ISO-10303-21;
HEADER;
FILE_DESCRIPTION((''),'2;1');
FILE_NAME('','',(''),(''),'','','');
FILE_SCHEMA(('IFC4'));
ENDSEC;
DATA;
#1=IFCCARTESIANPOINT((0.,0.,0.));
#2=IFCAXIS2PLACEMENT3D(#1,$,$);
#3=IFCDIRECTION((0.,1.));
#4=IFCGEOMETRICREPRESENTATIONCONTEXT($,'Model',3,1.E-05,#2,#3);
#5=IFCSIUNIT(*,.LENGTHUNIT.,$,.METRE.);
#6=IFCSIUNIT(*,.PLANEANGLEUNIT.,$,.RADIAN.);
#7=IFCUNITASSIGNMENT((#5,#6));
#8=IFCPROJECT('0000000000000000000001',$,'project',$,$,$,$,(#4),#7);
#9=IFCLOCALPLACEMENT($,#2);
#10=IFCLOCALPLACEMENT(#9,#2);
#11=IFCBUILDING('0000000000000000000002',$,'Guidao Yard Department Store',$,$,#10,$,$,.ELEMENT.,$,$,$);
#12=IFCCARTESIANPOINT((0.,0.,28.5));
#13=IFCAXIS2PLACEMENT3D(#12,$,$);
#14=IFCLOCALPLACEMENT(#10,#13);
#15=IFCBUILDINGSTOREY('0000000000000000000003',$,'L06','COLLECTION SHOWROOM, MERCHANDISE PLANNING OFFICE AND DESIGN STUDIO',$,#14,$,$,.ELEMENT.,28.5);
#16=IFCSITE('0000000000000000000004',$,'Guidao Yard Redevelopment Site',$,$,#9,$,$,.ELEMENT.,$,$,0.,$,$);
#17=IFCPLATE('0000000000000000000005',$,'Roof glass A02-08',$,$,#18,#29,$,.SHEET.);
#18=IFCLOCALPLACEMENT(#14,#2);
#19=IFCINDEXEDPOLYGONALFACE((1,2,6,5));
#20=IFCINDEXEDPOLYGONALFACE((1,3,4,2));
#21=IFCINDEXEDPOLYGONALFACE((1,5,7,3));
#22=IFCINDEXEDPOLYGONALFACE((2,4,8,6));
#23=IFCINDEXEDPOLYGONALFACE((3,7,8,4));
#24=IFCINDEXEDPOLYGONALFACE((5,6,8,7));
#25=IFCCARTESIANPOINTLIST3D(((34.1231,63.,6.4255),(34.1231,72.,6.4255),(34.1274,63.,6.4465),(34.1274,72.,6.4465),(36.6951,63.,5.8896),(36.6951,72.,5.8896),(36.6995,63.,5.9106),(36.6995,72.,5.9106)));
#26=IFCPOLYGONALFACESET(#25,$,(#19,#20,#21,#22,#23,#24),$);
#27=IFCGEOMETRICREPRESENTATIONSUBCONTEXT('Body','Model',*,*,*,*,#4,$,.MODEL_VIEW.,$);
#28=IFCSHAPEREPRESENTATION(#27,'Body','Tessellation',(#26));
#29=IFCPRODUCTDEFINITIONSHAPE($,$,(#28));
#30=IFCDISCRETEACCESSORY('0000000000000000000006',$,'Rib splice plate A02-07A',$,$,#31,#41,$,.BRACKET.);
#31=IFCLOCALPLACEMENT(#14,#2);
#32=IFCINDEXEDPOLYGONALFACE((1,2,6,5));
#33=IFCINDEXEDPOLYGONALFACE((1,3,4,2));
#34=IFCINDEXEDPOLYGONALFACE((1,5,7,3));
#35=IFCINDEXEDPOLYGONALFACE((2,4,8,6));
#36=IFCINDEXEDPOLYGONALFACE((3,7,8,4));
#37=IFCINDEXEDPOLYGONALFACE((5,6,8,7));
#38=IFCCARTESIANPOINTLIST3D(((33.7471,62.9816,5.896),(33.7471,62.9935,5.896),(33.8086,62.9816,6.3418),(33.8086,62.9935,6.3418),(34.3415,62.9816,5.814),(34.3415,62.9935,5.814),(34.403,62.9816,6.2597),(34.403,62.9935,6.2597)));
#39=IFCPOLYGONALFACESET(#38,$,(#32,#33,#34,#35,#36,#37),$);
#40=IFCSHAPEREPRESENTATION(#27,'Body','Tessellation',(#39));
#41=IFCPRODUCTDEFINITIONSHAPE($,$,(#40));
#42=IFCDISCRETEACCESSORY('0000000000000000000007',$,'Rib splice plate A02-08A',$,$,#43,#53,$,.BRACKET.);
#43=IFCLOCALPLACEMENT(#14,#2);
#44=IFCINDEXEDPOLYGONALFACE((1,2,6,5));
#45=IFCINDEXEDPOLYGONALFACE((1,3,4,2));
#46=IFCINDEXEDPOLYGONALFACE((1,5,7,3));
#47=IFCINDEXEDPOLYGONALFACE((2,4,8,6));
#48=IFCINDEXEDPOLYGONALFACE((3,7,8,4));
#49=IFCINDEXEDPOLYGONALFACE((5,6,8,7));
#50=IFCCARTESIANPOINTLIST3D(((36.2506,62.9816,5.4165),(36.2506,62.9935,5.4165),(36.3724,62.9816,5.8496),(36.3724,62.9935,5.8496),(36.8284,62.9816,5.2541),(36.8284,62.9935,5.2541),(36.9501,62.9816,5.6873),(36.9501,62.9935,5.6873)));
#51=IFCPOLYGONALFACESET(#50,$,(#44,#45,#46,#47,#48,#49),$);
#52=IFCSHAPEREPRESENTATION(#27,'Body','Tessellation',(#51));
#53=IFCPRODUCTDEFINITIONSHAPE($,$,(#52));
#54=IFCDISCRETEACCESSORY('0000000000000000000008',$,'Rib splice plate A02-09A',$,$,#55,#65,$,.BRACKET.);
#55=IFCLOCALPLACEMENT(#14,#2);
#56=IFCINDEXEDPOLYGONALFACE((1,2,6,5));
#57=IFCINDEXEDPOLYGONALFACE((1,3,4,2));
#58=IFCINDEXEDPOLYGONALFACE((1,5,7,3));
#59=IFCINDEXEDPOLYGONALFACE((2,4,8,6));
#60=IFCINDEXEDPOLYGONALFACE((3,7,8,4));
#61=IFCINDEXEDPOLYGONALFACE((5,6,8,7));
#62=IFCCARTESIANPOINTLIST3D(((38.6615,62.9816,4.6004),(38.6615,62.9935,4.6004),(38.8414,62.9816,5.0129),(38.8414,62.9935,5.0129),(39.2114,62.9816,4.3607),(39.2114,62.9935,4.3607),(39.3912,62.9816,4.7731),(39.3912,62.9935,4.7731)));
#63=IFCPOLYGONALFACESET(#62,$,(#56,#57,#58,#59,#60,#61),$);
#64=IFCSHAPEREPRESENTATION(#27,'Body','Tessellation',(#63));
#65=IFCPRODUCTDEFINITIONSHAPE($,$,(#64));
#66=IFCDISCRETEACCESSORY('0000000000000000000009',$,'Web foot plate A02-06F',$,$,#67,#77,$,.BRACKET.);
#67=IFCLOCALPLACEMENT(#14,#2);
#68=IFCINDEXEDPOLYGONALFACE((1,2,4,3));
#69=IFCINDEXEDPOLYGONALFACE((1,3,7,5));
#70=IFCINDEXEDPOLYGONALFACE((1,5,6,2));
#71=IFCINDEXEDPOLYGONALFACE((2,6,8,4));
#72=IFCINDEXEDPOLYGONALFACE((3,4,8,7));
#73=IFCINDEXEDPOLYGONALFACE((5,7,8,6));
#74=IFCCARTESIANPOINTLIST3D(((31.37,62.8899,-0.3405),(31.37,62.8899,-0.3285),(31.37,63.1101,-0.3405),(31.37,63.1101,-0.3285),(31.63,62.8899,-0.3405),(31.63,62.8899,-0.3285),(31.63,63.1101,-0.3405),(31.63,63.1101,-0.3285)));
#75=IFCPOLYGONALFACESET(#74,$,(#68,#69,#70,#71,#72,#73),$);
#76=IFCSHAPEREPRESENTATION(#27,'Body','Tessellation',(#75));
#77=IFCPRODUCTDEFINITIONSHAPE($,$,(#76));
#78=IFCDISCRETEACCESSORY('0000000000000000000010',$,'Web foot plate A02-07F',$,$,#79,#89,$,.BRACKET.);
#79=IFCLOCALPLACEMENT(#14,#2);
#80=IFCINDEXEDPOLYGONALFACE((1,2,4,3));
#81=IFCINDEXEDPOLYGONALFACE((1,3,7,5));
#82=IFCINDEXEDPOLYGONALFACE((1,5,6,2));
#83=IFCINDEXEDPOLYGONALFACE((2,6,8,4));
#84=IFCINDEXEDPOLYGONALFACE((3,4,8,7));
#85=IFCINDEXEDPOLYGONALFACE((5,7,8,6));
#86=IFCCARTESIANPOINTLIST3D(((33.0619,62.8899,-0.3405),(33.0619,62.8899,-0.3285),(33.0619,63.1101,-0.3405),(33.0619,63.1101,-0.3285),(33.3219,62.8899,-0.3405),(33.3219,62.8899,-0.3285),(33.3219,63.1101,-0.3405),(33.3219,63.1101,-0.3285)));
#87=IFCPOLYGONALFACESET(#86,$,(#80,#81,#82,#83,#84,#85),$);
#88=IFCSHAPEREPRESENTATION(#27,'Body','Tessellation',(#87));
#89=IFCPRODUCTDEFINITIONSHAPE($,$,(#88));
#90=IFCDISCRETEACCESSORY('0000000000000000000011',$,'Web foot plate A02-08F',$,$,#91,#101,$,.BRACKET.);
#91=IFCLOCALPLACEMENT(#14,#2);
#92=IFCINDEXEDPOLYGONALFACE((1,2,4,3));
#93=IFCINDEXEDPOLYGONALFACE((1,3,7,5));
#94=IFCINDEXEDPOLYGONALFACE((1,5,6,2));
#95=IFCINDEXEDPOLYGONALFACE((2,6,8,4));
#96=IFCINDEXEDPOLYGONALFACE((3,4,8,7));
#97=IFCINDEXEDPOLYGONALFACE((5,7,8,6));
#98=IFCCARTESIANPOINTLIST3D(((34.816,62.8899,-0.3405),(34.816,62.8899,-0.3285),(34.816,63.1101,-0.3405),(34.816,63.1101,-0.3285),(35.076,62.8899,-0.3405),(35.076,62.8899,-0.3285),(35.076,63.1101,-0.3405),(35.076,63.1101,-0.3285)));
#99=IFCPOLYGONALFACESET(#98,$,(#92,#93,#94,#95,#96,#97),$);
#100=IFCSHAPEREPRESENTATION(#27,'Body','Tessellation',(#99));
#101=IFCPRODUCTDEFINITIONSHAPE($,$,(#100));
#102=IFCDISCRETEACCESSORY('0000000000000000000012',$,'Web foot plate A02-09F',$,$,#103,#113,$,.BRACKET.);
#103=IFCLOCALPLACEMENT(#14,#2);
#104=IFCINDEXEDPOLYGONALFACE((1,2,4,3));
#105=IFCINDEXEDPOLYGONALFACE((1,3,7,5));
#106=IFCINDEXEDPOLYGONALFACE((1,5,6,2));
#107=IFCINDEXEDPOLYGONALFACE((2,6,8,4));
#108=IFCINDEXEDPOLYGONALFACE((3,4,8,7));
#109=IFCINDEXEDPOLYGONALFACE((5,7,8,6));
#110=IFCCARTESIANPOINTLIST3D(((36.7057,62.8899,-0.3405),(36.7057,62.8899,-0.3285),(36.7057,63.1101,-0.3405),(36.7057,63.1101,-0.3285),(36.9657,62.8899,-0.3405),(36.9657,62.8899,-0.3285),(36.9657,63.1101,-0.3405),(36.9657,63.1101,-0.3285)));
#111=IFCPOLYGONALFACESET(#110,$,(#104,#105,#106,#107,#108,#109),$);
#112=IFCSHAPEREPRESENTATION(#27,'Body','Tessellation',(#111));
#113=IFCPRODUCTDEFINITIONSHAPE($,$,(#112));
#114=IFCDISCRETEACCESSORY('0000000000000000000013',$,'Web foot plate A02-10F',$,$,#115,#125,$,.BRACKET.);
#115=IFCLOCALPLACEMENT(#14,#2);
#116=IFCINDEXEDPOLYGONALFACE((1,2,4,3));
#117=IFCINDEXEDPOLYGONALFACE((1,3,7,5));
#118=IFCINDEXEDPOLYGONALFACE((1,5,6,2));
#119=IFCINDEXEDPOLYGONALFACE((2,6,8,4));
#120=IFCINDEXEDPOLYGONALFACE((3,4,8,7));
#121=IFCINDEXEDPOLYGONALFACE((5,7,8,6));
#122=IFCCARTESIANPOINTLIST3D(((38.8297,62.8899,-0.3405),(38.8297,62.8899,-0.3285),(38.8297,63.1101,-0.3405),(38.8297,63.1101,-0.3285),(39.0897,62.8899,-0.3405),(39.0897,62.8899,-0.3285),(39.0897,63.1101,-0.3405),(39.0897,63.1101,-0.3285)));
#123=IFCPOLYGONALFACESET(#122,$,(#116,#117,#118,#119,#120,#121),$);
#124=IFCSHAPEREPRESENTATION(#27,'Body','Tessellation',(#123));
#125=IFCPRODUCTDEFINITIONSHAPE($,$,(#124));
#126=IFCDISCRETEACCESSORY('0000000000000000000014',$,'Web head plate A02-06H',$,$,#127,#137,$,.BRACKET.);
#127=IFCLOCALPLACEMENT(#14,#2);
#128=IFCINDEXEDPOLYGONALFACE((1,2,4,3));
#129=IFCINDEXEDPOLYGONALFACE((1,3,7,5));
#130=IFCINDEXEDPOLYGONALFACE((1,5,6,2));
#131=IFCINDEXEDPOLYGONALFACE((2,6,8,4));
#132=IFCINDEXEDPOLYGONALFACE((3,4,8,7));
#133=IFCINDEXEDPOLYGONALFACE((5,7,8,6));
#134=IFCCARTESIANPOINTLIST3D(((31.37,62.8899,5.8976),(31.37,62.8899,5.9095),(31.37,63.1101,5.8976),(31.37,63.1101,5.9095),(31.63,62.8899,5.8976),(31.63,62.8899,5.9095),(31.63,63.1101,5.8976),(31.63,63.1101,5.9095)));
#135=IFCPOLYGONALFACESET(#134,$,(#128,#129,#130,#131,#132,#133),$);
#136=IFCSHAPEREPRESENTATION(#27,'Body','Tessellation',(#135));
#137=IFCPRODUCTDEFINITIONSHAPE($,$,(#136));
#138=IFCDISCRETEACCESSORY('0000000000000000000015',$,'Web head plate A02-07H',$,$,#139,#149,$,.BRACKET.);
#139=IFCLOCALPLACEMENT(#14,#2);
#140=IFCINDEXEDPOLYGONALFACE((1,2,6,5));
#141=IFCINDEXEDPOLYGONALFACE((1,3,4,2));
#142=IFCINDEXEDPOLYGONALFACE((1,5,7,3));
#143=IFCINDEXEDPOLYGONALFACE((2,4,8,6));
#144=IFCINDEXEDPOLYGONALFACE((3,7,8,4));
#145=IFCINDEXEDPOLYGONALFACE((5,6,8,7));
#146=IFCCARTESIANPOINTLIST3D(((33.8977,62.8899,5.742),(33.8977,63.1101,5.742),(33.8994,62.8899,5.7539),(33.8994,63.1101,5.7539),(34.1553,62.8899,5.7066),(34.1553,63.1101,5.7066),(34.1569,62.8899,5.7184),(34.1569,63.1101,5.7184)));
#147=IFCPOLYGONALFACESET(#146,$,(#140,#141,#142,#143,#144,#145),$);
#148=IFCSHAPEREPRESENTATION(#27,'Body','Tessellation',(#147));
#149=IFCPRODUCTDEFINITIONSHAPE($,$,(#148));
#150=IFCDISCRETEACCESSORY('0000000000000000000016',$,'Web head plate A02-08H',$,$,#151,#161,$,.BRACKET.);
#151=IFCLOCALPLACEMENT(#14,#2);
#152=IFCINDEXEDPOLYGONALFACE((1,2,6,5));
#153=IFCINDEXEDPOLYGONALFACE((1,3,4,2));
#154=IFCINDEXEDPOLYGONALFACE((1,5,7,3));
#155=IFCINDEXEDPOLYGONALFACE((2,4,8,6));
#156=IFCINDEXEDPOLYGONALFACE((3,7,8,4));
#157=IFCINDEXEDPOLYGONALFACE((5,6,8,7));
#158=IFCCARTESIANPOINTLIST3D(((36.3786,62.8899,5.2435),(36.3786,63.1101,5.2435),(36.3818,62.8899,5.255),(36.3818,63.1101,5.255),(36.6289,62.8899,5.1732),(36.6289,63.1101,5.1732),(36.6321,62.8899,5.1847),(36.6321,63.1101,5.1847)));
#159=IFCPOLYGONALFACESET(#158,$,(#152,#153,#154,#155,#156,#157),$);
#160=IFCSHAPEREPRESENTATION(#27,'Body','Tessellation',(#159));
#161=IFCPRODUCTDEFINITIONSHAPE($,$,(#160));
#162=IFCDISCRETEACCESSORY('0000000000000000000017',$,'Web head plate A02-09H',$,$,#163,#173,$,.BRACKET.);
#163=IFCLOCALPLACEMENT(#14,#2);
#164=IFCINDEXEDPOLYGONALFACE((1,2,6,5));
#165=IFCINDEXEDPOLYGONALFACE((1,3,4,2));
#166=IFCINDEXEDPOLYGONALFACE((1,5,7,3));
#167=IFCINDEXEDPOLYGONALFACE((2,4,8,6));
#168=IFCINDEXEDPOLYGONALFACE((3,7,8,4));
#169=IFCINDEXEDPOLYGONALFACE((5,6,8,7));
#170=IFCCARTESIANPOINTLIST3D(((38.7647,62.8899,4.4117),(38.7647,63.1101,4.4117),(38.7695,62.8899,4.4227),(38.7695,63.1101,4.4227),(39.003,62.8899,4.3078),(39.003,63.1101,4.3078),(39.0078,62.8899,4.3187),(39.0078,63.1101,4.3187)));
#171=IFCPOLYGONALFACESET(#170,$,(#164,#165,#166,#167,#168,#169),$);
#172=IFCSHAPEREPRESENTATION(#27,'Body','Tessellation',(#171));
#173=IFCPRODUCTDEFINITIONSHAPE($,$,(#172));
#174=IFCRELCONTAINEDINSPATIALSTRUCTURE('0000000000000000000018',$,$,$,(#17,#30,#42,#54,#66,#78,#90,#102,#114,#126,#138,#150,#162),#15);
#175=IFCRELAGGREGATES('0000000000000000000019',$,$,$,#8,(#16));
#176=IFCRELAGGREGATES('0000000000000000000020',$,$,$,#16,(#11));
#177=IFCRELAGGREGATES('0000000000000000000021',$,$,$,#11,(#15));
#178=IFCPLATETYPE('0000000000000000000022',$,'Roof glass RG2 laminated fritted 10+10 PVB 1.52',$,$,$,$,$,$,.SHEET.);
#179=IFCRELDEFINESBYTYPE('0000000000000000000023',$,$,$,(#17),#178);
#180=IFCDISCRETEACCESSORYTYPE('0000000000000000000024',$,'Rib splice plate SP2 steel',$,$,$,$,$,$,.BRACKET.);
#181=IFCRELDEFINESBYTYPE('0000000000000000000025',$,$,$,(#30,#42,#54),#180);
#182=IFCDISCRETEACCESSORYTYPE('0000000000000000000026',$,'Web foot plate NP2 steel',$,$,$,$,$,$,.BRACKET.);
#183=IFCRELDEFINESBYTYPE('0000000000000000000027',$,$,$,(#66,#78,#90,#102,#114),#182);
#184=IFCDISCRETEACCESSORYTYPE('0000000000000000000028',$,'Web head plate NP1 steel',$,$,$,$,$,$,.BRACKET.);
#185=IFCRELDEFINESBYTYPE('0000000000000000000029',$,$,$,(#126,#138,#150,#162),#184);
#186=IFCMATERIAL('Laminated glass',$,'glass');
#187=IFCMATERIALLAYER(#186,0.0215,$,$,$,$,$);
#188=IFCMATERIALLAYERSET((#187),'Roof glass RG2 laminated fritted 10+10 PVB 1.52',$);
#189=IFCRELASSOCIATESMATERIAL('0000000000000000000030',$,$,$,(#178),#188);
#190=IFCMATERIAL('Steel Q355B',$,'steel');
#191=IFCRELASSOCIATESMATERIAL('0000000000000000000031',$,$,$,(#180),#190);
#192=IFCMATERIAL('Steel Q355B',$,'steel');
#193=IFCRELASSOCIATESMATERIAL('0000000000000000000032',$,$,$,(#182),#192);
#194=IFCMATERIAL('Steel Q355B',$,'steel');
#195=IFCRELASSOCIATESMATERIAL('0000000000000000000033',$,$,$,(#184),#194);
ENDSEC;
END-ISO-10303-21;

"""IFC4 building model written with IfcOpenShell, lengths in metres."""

from ifc_helpers import new_model, si_unit, direction, frame, origin, origin_2d, place, context, subcontext, project, spatial, polyline, rectangle, outline, extrude, material, layer, layer_set, material_profile, profile_set, type_object, element, save


model = new_model("IFC4")

# Units and contexts
model_context = context("Model", 3, precision=1e-05, world=origin(), true_north=direction((0.0, 1.0)))
body_context = subcontext(model_context, "Body", "Model", "MODEL_VIEW")
ifc_project = project(units=[si_unit("LENGTHUNIT", "METRE"), si_unit("PLANEANGLEUNIT", "RADIAN")], contexts=[model_context])

# Site, building, storey
site_placement = place(None, origin())
site = spatial("IfcSite", under=ifc_project, at=site_placement, Name="Guidao Yard Redevelopment Site", CompositionType="ELEMENT", RefElevation=0.0)
building_placement = place(site_placement, origin())
building = spatial("IfcBuilding", under=site, at=building_placement, Name="Guidao Yard Department Store", CompositionType="ELEMENT")
storey_placement = place(building_placement, frame((0.0, 0.0, 28.5)))
storey = spatial("IfcBuildingStorey", under=building, at=storey_placement, Name="L06", Description="COLLECTION SHOWROOM, MERCHANDISE PLANNING OFFICE AND DESIGN STUDIO", CompositionType="ELEMENT", Elevation=28.5)

# Plate
ifc_material_1 = material(Name="Laminated glass", Category="glass")
ifc_layer = layer(ifc_material_1, 0.0215)
ifc_layer_set = layer_set([ifc_layer], Name="Roof glass RG2 laminated fritted 10+10 PVB 1.52")
plate_type = type_object("IfcPlateType", Name="Roof glass RG2 laminated fritted 10+10 PVB 1.52", PredefinedType="SHEET", material=ifc_layer_set)
plate_placement = place(storey_placement, frame((34.1274, 63.0, 6.4465), z_axis=(0.203973, 0.0, 0.978977), x_axis=(0.978977, 0.0, -0.203973)))
element("IfcPlate", 1, at=plate_placement, inside=storey, type_object=plate_type, Name="Roof glass A02-08", PredefinedType="SHEET", context=body_context, shape_type="SweptSolid", body=[
    extrude(outline(polyline([(0.0, 0.0), (2.6273, 0.0), (2.6273, 9.0), (0.0, 9.0), (0.0, 0.0)])), origin(), (0.0, 0.0, -1.0), 0.0215),
])

# Discrete accessories
ifc_material_2 = material(Name="Steel Q355B", Category="steel")
ifc_material_profile_1 = material_profile(ifc_material_2, rectangle(XDim=0.012, YDim=0.45, at=origin_2d()), Name="Splice plate 450x12")
ifc_profile_set_1 = profile_set([ifc_material_profile_1], Name="Steel Q355B")
discrete_accessory_type_1 = type_object("IfcDiscreteAccessoryType", Name="Rib splice plate SP2 steel", PredefinedType="BRACKET", material=ifc_profile_set_1)
for number, where, z_axis, x_axis, name in (
    (2, (33.7778, 62.9875, 6.1189), (0.990614, 0.0, -0.136692), (0.0, 1.0, 0.0), "Rib splice plate A02-07A"),
    (3, (36.3115, 62.9875, 5.6331), (0.962697, 0.0, -0.270581), (0.0, 1.0, 0.0), "Rib splice plate A02-08A"),
):
    element("IfcDiscreteAccessory", number, at=place(storey_placement, frame(where, z_axis=z_axis, x_axis=x_axis)), inside=storey, type_object=discrete_accessory_type_1, Name=name, PredefinedType="BRACKET", context=body_context, shape_type="SweptSolid", body=[
        extrude(rectangle(XDim=0.012, YDim=0.45, at=origin_2d()), origin(), (0.0, 0.0, 1.0), 0.6001),
    ])
discrete_accessory_placement = place(storey_placement, frame((38.7515, 62.9875, 4.8066), z_axis=(0.916642, 0.0, -0.399708), x_axis=(0.0, 1.0, 0.0)))
element("IfcDiscreteAccessory", 4, at=discrete_accessory_placement, inside=storey, type_object=discrete_accessory_type_1, Name="Rib splice plate A02-09A", PredefinedType="BRACKET", context=body_context, shape_type="SweptSolid", body=[
    extrude(rectangle(XDim=0.012, YDim=0.45, at=origin_2d()), origin(), (0.0, 0.0, 1.0), 0.5999),
])
ifc_material_3 = material(Name="Steel Q355B", Category="steel")
ifc_material_profile_2 = material_profile(ifc_material_3, rectangle(XDim=0.26, YDim=0.012, at=origin_2d()), Name="Node plate 260x12")
ifc_profile_set_2 = profile_set([ifc_material_profile_2], Name="Steel Q355B")
discrete_accessory_type_2 = type_object("IfcDiscreteAccessoryType", Name="Web foot plate NP2 steel", PredefinedType="BRACKET", material=ifc_profile_set_2)
for number, where, z_axis, x_axis, name in (
    (5, (31.5, 62.8899, -0.3345), (0.0, 1.0, 0.0), (-1.0, 0.0, 0.0), "Web foot plate A02-06F"),
    (6, (33.1919, 62.8899, -0.3345), (0.0, 1.0, 0.0), (-1.0, 0.0, 0.0), "Web foot plate A02-07F"),
    (7, (34.946, 62.8899, -0.3345), (0.0, 1.0, 0.0), (-1.0, 0.0, 0.0), "Web foot plate A02-08F"),
    (8, (36.8357, 62.8899, -0.3345), (0.0, 1.0, 0.0), (-1.0, 0.0, 0.0), "Web foot plate A02-09F"),
    (9, (38.9597, 62.8899, -0.3345), (0.0, 1.0, 0.0), (-1.0, 0.0, 0.0), "Web foot plate A02-10F"),
):
    element("IfcDiscreteAccessory", number, at=place(storey_placement, frame(where, z_axis=z_axis, x_axis=x_axis)), inside=storey, type_object=discrete_accessory_type_2, Name=name, PredefinedType="BRACKET", context=body_context, shape_type="SweptSolid", body=[
        extrude(rectangle(XDim=0.26, YDim=0.012, at=origin_2d()), origin(), (0.0, 0.0, 1.0), 0.2202),
    ])
ifc_material_4 = material(Name="Steel Q355B", Category="steel")
ifc_material_profile_3 = material_profile(ifc_material_4, rectangle(XDim=0.26, YDim=0.012, at=origin_2d()), Name="Node plate 260x12")
ifc_profile_set_3 = profile_set([ifc_material_profile_3], Name="Steel Q355B")
discrete_accessory_type_3 = type_object("IfcDiscreteAccessoryType", Name="Web head plate NP1 steel", PredefinedType="BRACKET", material=ifc_profile_set_3)
for number, where, z_axis, x_axis, name in (
    (10, (31.5, 62.8899, 5.9036), (0.0, 1.0, 0.0), (-1.0, 0.0, 0.0), "Web head plate A02-06H"),
    (11, (34.0273, 62.8899, 5.7302), (0.0, 1.0, 0.0), (-0.990647, 0.0, 0.136449), "Web head plate A02-07H"),
    (12, (36.5054, 62.8899, 5.2141), (0.0, 1.0, 0.0), (-0.962712, 0.0, 0.270529), "Web head plate A02-08H"),
    (13, (38.8862, 62.8899, 4.3652), (0.0, 1.0, 0.0), (-0.916571, 0.0, 0.399871), "Web head plate A02-09H"),
):
    element("IfcDiscreteAccessory", number, at=place(storey_placement, frame(where, z_axis=z_axis, x_axis=x_axis)), inside=storey, type_object=discrete_accessory_type_3, Name=name, PredefinedType="BRACKET", context=body_context, shape_type="SweptSolid", body=[
        extrude(rectangle(XDim=0.26, YDim=0.012, at=origin_2d()), origin(), (0.0, 0.0, 1.0), 0.2202),
    ])

save(model, "model.ifc")
